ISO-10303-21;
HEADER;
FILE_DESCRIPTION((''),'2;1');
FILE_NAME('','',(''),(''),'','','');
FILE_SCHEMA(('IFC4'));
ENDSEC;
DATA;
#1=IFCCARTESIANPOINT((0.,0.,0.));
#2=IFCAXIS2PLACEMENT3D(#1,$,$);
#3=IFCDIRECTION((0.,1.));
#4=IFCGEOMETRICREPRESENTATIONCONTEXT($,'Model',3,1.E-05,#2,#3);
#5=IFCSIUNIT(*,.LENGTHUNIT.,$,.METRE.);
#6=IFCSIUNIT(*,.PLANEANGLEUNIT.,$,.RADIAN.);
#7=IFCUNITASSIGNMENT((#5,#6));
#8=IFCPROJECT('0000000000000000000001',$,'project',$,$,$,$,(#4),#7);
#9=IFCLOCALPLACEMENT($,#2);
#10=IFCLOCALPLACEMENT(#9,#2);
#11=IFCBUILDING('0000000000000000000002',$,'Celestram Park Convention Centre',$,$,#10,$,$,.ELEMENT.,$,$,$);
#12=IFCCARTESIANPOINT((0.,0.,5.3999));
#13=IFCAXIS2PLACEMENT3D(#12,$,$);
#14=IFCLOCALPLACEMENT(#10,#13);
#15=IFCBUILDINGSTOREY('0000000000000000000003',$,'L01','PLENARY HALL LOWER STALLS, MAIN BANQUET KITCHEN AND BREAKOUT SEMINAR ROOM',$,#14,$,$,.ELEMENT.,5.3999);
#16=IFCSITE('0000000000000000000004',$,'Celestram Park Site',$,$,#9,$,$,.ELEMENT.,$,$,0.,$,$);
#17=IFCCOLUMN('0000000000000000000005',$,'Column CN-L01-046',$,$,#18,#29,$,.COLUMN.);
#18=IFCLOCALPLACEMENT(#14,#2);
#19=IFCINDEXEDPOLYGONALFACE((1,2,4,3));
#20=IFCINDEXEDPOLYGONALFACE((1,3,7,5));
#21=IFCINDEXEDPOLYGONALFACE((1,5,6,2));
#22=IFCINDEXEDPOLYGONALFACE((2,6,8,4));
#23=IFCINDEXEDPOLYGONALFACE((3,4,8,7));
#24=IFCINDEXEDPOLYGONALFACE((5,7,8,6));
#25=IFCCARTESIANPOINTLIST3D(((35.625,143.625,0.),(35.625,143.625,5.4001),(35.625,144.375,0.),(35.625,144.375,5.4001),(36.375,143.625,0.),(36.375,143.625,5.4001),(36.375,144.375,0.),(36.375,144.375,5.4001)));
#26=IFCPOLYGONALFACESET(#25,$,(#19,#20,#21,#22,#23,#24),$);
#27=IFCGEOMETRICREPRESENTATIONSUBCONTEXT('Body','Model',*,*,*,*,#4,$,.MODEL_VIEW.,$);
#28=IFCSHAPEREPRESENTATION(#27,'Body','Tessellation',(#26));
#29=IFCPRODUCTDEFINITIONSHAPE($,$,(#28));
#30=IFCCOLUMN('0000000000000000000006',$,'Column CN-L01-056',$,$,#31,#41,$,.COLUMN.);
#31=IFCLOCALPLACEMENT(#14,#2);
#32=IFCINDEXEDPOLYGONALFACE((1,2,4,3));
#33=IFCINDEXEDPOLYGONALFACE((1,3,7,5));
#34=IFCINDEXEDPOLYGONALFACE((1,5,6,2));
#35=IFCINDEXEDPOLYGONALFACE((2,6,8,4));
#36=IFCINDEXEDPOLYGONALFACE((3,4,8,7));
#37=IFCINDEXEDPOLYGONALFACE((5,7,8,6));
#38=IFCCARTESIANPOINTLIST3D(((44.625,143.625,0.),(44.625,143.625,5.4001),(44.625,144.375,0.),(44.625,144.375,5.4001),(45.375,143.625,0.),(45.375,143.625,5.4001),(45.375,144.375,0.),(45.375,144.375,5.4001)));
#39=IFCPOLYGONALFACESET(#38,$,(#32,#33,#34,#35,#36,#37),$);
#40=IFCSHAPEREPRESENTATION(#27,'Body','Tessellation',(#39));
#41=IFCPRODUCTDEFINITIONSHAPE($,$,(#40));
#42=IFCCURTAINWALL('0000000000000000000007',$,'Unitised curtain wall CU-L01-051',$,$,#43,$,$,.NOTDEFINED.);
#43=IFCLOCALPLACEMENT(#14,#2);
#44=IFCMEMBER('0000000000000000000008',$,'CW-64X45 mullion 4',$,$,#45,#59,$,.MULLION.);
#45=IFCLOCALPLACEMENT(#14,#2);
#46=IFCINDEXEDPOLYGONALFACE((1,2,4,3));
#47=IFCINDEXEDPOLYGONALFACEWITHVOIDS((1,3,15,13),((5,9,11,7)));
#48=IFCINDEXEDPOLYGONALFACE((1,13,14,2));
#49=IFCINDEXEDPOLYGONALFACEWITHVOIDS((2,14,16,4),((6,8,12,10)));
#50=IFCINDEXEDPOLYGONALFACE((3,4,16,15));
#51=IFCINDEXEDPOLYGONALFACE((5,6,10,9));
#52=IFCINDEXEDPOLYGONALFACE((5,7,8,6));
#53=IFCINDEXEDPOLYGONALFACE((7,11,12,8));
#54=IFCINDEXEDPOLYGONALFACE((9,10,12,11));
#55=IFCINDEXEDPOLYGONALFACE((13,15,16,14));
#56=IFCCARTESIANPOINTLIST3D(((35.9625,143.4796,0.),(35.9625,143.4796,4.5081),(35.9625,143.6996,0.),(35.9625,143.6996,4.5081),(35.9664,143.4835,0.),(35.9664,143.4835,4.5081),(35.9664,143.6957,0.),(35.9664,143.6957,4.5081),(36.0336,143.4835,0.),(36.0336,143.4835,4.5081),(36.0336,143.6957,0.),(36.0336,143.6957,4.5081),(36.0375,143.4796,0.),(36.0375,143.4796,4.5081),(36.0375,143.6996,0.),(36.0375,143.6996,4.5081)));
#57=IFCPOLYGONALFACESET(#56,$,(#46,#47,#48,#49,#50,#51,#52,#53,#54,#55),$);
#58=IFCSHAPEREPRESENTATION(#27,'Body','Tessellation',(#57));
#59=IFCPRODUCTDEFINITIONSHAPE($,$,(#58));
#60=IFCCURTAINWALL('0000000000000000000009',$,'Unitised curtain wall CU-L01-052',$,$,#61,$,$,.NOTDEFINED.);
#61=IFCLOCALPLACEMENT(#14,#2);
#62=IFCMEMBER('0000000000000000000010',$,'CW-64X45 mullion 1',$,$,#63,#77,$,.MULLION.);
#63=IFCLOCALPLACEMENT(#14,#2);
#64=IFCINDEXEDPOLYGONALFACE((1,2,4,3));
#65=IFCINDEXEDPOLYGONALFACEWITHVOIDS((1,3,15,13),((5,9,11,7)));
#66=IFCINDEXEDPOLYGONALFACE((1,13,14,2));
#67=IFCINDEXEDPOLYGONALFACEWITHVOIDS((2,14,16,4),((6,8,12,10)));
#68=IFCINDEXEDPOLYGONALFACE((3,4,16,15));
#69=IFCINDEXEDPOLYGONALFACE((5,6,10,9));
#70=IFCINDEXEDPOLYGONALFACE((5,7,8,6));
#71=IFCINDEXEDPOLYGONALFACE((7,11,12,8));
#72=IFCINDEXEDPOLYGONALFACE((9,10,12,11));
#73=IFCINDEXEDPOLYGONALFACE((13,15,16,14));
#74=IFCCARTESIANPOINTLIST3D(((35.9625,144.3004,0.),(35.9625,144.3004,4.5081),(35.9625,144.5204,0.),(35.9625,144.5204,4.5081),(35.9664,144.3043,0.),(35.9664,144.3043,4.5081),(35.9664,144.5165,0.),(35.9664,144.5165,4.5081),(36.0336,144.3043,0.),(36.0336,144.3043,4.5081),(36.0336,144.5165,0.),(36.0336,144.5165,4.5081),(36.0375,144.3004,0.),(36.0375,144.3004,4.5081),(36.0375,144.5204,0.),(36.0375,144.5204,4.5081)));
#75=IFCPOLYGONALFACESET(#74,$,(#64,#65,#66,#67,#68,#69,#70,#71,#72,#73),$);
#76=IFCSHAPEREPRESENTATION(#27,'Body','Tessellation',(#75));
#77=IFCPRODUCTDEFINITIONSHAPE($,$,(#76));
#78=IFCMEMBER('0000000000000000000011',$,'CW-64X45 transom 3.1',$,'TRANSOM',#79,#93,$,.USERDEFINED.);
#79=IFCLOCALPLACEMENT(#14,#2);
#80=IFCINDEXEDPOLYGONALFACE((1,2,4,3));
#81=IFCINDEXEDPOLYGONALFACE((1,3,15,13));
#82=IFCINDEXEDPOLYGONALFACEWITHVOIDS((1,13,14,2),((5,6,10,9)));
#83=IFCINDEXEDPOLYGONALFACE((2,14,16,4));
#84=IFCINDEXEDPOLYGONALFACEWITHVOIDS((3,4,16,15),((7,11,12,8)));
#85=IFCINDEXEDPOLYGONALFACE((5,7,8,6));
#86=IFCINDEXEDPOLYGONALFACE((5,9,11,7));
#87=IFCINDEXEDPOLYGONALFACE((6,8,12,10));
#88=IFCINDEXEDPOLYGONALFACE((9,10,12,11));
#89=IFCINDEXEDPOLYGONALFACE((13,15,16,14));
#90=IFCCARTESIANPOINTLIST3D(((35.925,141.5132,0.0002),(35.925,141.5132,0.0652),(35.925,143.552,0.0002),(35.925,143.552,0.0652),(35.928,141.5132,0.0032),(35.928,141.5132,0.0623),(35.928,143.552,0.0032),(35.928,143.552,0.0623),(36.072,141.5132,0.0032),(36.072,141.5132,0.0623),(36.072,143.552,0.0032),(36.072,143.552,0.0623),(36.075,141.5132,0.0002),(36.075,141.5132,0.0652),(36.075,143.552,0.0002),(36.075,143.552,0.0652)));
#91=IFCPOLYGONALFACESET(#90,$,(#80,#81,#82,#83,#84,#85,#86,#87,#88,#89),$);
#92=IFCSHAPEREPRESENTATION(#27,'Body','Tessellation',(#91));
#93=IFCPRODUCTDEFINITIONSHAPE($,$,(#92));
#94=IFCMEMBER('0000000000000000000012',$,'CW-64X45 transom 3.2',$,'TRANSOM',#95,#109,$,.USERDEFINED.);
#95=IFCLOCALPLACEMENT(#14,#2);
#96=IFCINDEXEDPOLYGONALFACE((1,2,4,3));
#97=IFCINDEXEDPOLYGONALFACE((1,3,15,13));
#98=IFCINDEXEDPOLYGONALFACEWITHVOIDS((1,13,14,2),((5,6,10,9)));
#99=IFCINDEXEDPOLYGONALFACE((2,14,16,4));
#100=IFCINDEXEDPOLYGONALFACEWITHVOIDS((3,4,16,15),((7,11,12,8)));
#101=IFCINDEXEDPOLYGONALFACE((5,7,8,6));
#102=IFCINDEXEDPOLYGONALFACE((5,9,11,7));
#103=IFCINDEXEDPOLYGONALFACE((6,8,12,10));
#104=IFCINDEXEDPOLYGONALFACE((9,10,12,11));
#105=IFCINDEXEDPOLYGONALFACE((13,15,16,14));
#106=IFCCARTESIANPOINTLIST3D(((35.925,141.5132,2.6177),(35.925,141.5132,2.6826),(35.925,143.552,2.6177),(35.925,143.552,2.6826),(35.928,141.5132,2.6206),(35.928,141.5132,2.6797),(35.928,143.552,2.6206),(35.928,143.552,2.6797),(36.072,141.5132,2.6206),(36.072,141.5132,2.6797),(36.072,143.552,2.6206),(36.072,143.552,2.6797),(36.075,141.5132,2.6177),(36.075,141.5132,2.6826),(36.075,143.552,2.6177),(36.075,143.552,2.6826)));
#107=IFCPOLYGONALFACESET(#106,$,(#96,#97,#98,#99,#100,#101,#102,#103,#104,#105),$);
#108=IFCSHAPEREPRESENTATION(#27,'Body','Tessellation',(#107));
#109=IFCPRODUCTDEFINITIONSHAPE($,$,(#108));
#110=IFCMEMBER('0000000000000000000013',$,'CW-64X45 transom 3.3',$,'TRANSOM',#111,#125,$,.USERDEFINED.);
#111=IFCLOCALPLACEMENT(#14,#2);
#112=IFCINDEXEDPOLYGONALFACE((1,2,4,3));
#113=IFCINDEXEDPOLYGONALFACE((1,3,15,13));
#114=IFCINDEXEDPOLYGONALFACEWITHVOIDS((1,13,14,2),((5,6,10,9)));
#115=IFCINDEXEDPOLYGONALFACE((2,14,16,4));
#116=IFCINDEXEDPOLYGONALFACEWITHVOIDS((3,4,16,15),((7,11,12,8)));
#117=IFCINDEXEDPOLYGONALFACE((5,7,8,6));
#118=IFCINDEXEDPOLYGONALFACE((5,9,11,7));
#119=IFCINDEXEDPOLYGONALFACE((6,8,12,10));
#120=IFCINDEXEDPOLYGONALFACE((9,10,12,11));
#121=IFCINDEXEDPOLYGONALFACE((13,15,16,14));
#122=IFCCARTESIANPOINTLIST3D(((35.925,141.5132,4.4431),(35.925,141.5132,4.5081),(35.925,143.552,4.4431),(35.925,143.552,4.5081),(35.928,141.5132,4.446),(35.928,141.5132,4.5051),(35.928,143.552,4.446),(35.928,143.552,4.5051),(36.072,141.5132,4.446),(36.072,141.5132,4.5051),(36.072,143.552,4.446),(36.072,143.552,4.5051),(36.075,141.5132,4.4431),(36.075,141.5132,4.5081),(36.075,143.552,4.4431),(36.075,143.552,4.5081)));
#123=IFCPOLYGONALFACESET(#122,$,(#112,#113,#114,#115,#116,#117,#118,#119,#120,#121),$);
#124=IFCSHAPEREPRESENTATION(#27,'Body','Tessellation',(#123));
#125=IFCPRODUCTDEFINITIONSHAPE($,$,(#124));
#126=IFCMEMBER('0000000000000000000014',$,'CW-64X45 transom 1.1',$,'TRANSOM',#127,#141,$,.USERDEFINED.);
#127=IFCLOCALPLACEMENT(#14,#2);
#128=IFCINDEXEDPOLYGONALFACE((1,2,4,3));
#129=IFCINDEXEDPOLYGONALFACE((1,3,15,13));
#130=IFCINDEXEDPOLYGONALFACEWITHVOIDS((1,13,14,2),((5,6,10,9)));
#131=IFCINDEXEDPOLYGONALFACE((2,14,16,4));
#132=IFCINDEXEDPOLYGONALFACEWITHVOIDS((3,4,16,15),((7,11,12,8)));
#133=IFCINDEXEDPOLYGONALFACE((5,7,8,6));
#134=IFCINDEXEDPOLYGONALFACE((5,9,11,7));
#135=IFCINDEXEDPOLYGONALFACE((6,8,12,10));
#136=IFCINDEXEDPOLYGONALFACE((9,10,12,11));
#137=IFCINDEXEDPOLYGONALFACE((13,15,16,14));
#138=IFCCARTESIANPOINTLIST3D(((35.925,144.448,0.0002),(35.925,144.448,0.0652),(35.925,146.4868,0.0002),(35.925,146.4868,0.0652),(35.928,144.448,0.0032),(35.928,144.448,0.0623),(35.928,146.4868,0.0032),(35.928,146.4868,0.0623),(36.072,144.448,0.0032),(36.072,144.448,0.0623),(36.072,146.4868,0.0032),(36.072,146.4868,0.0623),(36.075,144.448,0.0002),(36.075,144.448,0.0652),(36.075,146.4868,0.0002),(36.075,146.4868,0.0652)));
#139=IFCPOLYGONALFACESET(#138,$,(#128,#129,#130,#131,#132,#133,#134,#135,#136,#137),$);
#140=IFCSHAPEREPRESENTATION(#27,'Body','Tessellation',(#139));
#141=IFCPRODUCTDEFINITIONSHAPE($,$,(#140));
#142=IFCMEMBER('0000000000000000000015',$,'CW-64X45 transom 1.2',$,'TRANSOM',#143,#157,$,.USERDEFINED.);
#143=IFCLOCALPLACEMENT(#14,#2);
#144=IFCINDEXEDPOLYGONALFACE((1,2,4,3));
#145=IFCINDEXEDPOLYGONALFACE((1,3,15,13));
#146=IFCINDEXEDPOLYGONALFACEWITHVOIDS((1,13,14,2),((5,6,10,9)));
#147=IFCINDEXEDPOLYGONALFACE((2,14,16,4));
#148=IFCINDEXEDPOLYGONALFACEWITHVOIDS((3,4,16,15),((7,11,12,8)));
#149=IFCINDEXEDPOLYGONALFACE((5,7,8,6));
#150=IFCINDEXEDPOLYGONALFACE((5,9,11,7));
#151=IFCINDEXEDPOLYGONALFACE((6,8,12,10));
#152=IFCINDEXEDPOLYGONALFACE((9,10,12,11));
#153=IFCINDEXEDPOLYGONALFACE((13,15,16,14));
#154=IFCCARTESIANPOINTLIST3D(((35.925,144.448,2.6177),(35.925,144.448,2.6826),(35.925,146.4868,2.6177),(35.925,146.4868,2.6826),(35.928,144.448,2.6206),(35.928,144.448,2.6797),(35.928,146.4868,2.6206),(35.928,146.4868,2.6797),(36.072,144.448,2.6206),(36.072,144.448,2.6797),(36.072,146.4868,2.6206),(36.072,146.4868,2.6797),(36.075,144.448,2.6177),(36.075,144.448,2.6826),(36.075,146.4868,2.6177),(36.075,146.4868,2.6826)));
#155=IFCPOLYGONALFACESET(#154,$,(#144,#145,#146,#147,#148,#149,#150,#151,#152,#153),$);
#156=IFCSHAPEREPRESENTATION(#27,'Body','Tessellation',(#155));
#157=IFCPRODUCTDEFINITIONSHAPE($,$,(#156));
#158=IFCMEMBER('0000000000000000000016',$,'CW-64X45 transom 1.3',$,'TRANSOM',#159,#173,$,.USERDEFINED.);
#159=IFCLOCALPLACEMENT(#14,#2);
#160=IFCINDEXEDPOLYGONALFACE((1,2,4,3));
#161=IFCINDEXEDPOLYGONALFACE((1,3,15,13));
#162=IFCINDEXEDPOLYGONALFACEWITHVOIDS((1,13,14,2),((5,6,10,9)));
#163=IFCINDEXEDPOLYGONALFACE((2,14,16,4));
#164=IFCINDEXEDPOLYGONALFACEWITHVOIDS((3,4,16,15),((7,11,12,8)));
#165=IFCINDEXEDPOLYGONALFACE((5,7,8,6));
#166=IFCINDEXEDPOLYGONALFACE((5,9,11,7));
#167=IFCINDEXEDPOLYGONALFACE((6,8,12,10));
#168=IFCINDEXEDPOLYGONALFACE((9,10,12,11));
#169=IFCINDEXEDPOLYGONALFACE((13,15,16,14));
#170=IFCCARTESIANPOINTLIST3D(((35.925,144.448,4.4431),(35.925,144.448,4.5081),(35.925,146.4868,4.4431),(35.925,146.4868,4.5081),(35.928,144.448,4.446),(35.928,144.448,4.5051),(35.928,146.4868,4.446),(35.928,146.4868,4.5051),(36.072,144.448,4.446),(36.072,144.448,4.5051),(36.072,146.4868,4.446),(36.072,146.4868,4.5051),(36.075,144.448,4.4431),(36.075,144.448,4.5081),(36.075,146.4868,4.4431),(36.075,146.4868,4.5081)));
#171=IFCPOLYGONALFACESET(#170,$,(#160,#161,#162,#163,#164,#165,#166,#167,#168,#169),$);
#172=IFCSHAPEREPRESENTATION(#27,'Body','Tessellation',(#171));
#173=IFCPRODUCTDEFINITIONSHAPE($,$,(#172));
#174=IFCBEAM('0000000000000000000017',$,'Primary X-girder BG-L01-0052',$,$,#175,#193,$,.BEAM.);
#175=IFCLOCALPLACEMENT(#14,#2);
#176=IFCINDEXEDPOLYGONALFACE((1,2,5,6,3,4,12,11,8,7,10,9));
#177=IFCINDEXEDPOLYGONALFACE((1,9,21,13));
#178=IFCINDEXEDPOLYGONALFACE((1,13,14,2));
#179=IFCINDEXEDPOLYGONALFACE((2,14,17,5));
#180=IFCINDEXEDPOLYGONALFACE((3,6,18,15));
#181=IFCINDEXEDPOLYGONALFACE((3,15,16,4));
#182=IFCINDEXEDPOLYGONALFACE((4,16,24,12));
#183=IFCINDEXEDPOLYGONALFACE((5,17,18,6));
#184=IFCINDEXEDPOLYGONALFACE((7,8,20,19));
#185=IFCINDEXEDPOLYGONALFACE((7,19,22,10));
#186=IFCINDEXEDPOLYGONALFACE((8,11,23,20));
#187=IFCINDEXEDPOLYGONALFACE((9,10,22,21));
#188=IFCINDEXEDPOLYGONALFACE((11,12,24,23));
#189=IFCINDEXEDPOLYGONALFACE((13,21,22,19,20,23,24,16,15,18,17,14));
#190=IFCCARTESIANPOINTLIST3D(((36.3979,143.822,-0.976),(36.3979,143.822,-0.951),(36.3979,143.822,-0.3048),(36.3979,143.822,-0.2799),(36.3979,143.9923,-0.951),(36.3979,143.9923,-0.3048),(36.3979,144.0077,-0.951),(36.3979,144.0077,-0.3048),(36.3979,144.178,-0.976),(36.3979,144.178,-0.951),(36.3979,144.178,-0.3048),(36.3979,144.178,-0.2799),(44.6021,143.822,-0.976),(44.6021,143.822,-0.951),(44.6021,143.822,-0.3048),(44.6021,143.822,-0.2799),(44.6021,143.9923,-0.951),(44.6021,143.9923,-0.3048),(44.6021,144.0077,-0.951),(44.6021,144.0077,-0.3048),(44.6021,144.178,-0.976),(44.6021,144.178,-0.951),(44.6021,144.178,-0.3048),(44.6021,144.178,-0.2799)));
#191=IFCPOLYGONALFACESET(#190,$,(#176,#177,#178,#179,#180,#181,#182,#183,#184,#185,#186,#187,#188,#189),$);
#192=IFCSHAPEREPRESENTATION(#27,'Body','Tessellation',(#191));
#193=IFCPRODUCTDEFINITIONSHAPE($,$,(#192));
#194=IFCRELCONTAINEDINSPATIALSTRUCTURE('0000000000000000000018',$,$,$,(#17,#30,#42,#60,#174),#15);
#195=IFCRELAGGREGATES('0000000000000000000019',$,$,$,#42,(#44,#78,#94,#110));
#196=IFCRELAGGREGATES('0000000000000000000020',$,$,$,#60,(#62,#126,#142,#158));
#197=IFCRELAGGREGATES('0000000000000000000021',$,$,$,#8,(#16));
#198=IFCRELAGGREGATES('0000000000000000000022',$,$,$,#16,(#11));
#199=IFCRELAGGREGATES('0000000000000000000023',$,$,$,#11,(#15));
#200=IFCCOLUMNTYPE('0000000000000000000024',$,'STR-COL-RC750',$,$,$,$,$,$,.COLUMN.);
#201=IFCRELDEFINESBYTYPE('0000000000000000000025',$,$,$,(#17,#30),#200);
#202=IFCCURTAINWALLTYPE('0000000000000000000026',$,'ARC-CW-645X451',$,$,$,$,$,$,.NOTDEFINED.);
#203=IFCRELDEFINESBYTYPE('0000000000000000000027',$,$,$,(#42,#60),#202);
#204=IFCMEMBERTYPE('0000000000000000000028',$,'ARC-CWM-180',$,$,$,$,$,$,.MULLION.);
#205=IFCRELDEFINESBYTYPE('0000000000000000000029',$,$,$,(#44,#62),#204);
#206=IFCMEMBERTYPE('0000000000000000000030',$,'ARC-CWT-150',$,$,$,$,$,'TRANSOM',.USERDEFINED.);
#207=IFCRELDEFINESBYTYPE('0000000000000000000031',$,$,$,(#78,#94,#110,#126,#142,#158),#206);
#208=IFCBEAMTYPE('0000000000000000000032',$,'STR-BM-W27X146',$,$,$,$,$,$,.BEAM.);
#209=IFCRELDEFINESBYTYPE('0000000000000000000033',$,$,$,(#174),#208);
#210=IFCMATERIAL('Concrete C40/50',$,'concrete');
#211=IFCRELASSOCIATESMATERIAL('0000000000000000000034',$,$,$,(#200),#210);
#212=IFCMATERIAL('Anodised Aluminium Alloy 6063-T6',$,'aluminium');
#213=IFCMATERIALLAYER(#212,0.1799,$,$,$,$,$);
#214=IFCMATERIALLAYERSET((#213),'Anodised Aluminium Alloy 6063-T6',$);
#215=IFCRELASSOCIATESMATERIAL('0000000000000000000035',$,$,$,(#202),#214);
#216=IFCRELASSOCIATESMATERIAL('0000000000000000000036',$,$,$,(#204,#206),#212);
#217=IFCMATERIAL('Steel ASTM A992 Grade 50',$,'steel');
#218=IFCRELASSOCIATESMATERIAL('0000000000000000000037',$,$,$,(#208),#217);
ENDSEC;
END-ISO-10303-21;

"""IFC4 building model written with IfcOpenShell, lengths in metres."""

from ifc_helpers import new_model, si_unit, direction, frame, origin, origin_2d, place, context, subcontext, project, spatial, rectangle, hollow_rectangle, i_section, extrude, material, layer, layer_set, material_profile, profile_set, type_object, element, aggregate, save


model = new_model("IFC4")

# Units and contexts
model_context = context("Model", 3, precision=1e-05, world=origin(), true_north=direction((0.0, 1.0)))
body_context = subcontext(model_context, "Body", "Model", "MODEL_VIEW")
ifc_project = project(units=[si_unit("LENGTHUNIT", "METRE"), si_unit("PLANEANGLEUNIT", "RADIAN")], contexts=[model_context])

# Site, building, storey
site_placement = place(None, origin())
site = spatial("IfcSite", under=ifc_project, at=site_placement, Name="Celestram Park Site", CompositionType="ELEMENT", RefElevation=0.0)
building_placement = place(site_placement, origin())
building = spatial("IfcBuilding", under=site, at=building_placement, Name="Celestram Park Convention Centre", CompositionType="ELEMENT")
storey_placement = place(building_placement, frame((0.0, 0.0, 5.3999)))
storey = spatial("IfcBuildingStorey", under=building, at=storey_placement, Name="L01", Description="PLENARY HALL LOWER STALLS, MAIN BANQUET KITCHEN AND BREAKOUT SEMINAR ROOM", CompositionType="ELEMENT", Elevation=5.3999)

# Columns
ifc_material_1 = material(Name="Concrete C40/50", Category="concrete")
ifc_material_profile_1 = material_profile(ifc_material_1, rectangle(XDim=0.75, YDim=0.75, at=origin_2d()), Name="RC750X750")
ifc_profile_set_1 = profile_set([ifc_material_profile_1], Name="Concrete C40/50")
column_type = type_object("IfcColumnType", Name="STR-COL-RC750", PredefinedType="COLUMN", material=ifc_profile_set_1)
for number, where, z_axis, x_axis, name in (
    (1, (36.0, 144.0, 0.0), (0.0, 0.0, 1.0), (1.0, 0.0, 0.0), "Column CN-L01-046"),
    (2, (45.0, 144.0, 0.0), (0.0, 0.0, 1.0), (1.0, 0.0, 0.0), "Column CN-L01-056"),
):
    element("IfcColumn", number, at=place(storey_placement, frame(where, z_axis=z_axis, x_axis=x_axis)), inside=storey, type_object=column_type, Name=name, PredefinedType="COLUMN", context=body_context, shape_type="SweptSolid", body=[
        extrude(rectangle(XDim=0.75, YDim=0.75, at=origin_2d()), origin(), (0.0, 0.0, 1.0), 5.4001),
    ])

# Curtain walls, members
ifc_material_2 = material(Name="Anodised Aluminium Alloy 6063-T6", Category="aluminium")
ifc_layer_1 = layer(ifc_material_2, 0.1799)
ifc_layer_set_1 = layer_set([ifc_layer_1], Name="Anodised Aluminium Alloy 6063-T6")
curtain_wall_type = type_object("IfcCurtainWallType", Name="ARC-CW-645X451", PredefinedType="NOTDEFINED", material=ifc_layer_set_1)
curtain_wall_1_placement = place(storey_placement, origin())
curtain_wall_1 = element("IfcCurtainWall", 3, at=curtain_wall_1_placement, inside=storey, type_object=curtain_wall_type, Name="Unitised curtain wall CU-L01-051", PredefinedType="NOTDEFINED")
ifc_material_profile_2 = material_profile(ifc_material_2, hollow_rectangle(XDim=0.075, YDim=0.22, WallThickness=0.0039, at=origin_2d()), Name="ALU75X220X4")
ifc_profile_set_2 = profile_set([ifc_material_profile_2], Name="Anodised Aluminium Alloy 6063-T6")
member_type_1 = type_object("IfcMemberType", Name="ARC-CWM-180", PredefinedType="MULLION", material=ifc_profile_set_2)
member_1_placement = place(storey_placement, frame((36.0, 143.5896, 0.0), z_axis=(0.0, 0.0, 1.0), x_axis=(-1.0, 0.0, 0.0)))
member_1 = element("IfcMember", 4, at=member_1_placement, type_object=member_type_1, Name="CW-64X45 mullion 4", PredefinedType="MULLION", context=body_context, shape_type="SweptSolid", body=[
    extrude(hollow_rectangle(XDim=0.075, YDim=0.22, WallThickness=0.0039, at=origin_2d()), origin(), (0.0, 0.0, 1.0), 4.5081),
])
curtain_wall_2_placement = place(storey_placement, origin())
curtain_wall_2 = element("IfcCurtainWall", 5, at=curtain_wall_2_placement, inside=storey, type_object=curtain_wall_type, Name="Unitised curtain wall CU-L01-052", PredefinedType="NOTDEFINED")
member_2_placement = place(storey_placement, frame((36.0, 144.4104, 0.0), z_axis=(0.0, 0.0, 1.0), x_axis=(-1.0, 0.0, 0.0)))
member_2 = element("IfcMember", 6, at=member_2_placement, type_object=member_type_1, Name="CW-64X45 mullion 1", PredefinedType="MULLION", context=body_context, shape_type="SweptSolid", body=[
    extrude(hollow_rectangle(XDim=0.075, YDim=0.22, WallThickness=0.0039, at=origin_2d()), origin(), (0.0, 0.0, 1.0), 4.5081),
])

# Members
ifc_material_profile_3 = material_profile(ifc_material_2, hollow_rectangle(XDim=0.1499, YDim=0.0649, WallThickness=0.0029, at=origin_2d()), Name="ALU150X65X3")
ifc_profile_set_3 = profile_set([ifc_material_profile_3], Name="Anodised Aluminium Alloy 6063-T6")
member_type_2 = type_object("IfcMemberType", Name="ARC-CWT-150", ElementType="TRANSOM", PredefinedType="USERDEFINED", material=ifc_profile_set_3)
member_3_placement = place(storey_placement, frame((36.0, 141.5132, 0.0327), z_axis=(0.0, 1.0, 0.0), x_axis=(-1.0, 0.0, 0.0)))
member_3 = element("IfcMember", 7, at=member_3_placement, type_object=member_type_2, Name="CW-64X45 transom 3.1", ObjectType="TRANSOM", PredefinedType="USERDEFINED", context=body_context, shape_type="SweptSolid", body=[
    extrude(hollow_rectangle(XDim=0.1499, YDim=0.0649, WallThickness=0.0029, at=origin_2d()), origin(), (0.0, 0.0, 1.0), 2.0388),
])
member_4_placement = place(storey_placement, frame((36.0, 141.5132, 2.6501), z_axis=(0.0, 1.0, 0.0), x_axis=(-1.0, 0.0, 0.0)))
member_4 = element("IfcMember", 8, at=member_4_placement, type_object=member_type_2, Name="CW-64X45 transom 3.2", ObjectType="TRANSOM", PredefinedType="USERDEFINED", context=body_context, shape_type="SweptSolid", body=[
    extrude(hollow_rectangle(XDim=0.1499, YDim=0.0649, WallThickness=0.0029, at=origin_2d()), origin(), (0.0, 0.0, 1.0), 2.0388),
])
member_5_placement = place(storey_placement, frame((36.0, 141.5132, 4.4756), z_axis=(0.0, 1.0, 0.0), x_axis=(-1.0, 0.0, 0.0)))
member_5 = element("IfcMember", 9, at=member_5_placement, type_object=member_type_2, Name="CW-64X45 transom 3.3", ObjectType="TRANSOM", PredefinedType="USERDEFINED", context=body_context, shape_type="SweptSolid", body=[
    extrude(hollow_rectangle(XDim=0.1499, YDim=0.0649, WallThickness=0.0029, at=origin_2d()), origin(), (0.0, 0.0, 1.0), 2.0388),
])
member_6_placement = place(storey_placement, frame((36.0, 144.448, 0.0327), z_axis=(0.0, 1.0, 0.0), x_axis=(-1.0, 0.0, 0.0)))
member_6 = element("IfcMember", 10, at=member_6_placement, type_object=member_type_2, Name="CW-64X45 transom 1.1", ObjectType="TRANSOM", PredefinedType="USERDEFINED", context=body_context, shape_type="SweptSolid", body=[
    extrude(hollow_rectangle(XDim=0.1499, YDim=0.0649, WallThickness=0.0029, at=origin_2d()), origin(), (0.0, 0.0, 1.0), 2.0388),
])
member_7_placement = place(storey_placement, frame((36.0, 144.448, 2.6501), z_axis=(0.0, 1.0, 0.0), x_axis=(-1.0, 0.0, 0.0)))
member_7 = element("IfcMember", 11, at=member_7_placement, type_object=member_type_2, Name="CW-64X45 transom 1.2", ObjectType="TRANSOM", PredefinedType="USERDEFINED", context=body_context, shape_type="SweptSolid", body=[
    extrude(hollow_rectangle(XDim=0.1499, YDim=0.0649, WallThickness=0.0029, at=origin_2d()), origin(), (0.0, 0.0, 1.0), 2.0388),
])
member_8_placement = place(storey_placement, frame((36.0, 144.448, 4.4756), z_axis=(0.0, 1.0, 0.0), x_axis=(-1.0, 0.0, 0.0)))
member_8 = element("IfcMember", 12, at=member_8_placement, type_object=member_type_2, Name="CW-64X45 transom 1.3", ObjectType="TRANSOM", PredefinedType="USERDEFINED", context=body_context, shape_type="SweptSolid", body=[
    extrude(hollow_rectangle(XDim=0.1499, YDim=0.0649, WallThickness=0.0029, at=origin_2d()), origin(), (0.0, 0.0, 1.0), 2.0388),
])

# Beam
ifc_material_3 = material(Name="Steel ASTM A992 Grade 50", Category="steel")
ifc_material_profile_4 = material_profile(ifc_material_3, i_section(OverallWidth=0.356, OverallDepth=0.696, WebThickness=0.0154, FlangeThickness=0.0249, at=origin_2d()), Name="W27X146")
ifc_profile_set_4 = profile_set([ifc_material_profile_4], Name="Steel ASTM A992 Grade 50")
beam_type_1 = type_object("IfcBeamType", Name="STR-BM-W27X146", PredefinedType="BEAM", material=ifc_profile_set_4)
beam_1_placement = place(storey_placement, frame((36.3979, 144.0, -0.6279), z_axis=(1.0, 0.0, 0.0), x_axis=(0.0, 1.0, 0.0)))
element("IfcBeam", 13, at=beam_1_placement, inside=storey, type_object=beam_type_1, Name="Primary X-girder BG-L01-0052", PredefinedType="BEAM", context=body_context, shape_type="SweptSolid", body=[
    extrude(i_section(OverallWidth=0.356, OverallDepth=0.696, WebThickness=0.0154, FlangeThickness=0.0249, at=origin_2d()), origin(), (0.0, 0.0, 1.0), 8.2041),
])

aggregate(curtain_wall_1, [member_1, member_3, member_4, member_5])
aggregate(curtain_wall_2, [member_2, member_6, member_7, member_8])

save(model, "model.ifc")
